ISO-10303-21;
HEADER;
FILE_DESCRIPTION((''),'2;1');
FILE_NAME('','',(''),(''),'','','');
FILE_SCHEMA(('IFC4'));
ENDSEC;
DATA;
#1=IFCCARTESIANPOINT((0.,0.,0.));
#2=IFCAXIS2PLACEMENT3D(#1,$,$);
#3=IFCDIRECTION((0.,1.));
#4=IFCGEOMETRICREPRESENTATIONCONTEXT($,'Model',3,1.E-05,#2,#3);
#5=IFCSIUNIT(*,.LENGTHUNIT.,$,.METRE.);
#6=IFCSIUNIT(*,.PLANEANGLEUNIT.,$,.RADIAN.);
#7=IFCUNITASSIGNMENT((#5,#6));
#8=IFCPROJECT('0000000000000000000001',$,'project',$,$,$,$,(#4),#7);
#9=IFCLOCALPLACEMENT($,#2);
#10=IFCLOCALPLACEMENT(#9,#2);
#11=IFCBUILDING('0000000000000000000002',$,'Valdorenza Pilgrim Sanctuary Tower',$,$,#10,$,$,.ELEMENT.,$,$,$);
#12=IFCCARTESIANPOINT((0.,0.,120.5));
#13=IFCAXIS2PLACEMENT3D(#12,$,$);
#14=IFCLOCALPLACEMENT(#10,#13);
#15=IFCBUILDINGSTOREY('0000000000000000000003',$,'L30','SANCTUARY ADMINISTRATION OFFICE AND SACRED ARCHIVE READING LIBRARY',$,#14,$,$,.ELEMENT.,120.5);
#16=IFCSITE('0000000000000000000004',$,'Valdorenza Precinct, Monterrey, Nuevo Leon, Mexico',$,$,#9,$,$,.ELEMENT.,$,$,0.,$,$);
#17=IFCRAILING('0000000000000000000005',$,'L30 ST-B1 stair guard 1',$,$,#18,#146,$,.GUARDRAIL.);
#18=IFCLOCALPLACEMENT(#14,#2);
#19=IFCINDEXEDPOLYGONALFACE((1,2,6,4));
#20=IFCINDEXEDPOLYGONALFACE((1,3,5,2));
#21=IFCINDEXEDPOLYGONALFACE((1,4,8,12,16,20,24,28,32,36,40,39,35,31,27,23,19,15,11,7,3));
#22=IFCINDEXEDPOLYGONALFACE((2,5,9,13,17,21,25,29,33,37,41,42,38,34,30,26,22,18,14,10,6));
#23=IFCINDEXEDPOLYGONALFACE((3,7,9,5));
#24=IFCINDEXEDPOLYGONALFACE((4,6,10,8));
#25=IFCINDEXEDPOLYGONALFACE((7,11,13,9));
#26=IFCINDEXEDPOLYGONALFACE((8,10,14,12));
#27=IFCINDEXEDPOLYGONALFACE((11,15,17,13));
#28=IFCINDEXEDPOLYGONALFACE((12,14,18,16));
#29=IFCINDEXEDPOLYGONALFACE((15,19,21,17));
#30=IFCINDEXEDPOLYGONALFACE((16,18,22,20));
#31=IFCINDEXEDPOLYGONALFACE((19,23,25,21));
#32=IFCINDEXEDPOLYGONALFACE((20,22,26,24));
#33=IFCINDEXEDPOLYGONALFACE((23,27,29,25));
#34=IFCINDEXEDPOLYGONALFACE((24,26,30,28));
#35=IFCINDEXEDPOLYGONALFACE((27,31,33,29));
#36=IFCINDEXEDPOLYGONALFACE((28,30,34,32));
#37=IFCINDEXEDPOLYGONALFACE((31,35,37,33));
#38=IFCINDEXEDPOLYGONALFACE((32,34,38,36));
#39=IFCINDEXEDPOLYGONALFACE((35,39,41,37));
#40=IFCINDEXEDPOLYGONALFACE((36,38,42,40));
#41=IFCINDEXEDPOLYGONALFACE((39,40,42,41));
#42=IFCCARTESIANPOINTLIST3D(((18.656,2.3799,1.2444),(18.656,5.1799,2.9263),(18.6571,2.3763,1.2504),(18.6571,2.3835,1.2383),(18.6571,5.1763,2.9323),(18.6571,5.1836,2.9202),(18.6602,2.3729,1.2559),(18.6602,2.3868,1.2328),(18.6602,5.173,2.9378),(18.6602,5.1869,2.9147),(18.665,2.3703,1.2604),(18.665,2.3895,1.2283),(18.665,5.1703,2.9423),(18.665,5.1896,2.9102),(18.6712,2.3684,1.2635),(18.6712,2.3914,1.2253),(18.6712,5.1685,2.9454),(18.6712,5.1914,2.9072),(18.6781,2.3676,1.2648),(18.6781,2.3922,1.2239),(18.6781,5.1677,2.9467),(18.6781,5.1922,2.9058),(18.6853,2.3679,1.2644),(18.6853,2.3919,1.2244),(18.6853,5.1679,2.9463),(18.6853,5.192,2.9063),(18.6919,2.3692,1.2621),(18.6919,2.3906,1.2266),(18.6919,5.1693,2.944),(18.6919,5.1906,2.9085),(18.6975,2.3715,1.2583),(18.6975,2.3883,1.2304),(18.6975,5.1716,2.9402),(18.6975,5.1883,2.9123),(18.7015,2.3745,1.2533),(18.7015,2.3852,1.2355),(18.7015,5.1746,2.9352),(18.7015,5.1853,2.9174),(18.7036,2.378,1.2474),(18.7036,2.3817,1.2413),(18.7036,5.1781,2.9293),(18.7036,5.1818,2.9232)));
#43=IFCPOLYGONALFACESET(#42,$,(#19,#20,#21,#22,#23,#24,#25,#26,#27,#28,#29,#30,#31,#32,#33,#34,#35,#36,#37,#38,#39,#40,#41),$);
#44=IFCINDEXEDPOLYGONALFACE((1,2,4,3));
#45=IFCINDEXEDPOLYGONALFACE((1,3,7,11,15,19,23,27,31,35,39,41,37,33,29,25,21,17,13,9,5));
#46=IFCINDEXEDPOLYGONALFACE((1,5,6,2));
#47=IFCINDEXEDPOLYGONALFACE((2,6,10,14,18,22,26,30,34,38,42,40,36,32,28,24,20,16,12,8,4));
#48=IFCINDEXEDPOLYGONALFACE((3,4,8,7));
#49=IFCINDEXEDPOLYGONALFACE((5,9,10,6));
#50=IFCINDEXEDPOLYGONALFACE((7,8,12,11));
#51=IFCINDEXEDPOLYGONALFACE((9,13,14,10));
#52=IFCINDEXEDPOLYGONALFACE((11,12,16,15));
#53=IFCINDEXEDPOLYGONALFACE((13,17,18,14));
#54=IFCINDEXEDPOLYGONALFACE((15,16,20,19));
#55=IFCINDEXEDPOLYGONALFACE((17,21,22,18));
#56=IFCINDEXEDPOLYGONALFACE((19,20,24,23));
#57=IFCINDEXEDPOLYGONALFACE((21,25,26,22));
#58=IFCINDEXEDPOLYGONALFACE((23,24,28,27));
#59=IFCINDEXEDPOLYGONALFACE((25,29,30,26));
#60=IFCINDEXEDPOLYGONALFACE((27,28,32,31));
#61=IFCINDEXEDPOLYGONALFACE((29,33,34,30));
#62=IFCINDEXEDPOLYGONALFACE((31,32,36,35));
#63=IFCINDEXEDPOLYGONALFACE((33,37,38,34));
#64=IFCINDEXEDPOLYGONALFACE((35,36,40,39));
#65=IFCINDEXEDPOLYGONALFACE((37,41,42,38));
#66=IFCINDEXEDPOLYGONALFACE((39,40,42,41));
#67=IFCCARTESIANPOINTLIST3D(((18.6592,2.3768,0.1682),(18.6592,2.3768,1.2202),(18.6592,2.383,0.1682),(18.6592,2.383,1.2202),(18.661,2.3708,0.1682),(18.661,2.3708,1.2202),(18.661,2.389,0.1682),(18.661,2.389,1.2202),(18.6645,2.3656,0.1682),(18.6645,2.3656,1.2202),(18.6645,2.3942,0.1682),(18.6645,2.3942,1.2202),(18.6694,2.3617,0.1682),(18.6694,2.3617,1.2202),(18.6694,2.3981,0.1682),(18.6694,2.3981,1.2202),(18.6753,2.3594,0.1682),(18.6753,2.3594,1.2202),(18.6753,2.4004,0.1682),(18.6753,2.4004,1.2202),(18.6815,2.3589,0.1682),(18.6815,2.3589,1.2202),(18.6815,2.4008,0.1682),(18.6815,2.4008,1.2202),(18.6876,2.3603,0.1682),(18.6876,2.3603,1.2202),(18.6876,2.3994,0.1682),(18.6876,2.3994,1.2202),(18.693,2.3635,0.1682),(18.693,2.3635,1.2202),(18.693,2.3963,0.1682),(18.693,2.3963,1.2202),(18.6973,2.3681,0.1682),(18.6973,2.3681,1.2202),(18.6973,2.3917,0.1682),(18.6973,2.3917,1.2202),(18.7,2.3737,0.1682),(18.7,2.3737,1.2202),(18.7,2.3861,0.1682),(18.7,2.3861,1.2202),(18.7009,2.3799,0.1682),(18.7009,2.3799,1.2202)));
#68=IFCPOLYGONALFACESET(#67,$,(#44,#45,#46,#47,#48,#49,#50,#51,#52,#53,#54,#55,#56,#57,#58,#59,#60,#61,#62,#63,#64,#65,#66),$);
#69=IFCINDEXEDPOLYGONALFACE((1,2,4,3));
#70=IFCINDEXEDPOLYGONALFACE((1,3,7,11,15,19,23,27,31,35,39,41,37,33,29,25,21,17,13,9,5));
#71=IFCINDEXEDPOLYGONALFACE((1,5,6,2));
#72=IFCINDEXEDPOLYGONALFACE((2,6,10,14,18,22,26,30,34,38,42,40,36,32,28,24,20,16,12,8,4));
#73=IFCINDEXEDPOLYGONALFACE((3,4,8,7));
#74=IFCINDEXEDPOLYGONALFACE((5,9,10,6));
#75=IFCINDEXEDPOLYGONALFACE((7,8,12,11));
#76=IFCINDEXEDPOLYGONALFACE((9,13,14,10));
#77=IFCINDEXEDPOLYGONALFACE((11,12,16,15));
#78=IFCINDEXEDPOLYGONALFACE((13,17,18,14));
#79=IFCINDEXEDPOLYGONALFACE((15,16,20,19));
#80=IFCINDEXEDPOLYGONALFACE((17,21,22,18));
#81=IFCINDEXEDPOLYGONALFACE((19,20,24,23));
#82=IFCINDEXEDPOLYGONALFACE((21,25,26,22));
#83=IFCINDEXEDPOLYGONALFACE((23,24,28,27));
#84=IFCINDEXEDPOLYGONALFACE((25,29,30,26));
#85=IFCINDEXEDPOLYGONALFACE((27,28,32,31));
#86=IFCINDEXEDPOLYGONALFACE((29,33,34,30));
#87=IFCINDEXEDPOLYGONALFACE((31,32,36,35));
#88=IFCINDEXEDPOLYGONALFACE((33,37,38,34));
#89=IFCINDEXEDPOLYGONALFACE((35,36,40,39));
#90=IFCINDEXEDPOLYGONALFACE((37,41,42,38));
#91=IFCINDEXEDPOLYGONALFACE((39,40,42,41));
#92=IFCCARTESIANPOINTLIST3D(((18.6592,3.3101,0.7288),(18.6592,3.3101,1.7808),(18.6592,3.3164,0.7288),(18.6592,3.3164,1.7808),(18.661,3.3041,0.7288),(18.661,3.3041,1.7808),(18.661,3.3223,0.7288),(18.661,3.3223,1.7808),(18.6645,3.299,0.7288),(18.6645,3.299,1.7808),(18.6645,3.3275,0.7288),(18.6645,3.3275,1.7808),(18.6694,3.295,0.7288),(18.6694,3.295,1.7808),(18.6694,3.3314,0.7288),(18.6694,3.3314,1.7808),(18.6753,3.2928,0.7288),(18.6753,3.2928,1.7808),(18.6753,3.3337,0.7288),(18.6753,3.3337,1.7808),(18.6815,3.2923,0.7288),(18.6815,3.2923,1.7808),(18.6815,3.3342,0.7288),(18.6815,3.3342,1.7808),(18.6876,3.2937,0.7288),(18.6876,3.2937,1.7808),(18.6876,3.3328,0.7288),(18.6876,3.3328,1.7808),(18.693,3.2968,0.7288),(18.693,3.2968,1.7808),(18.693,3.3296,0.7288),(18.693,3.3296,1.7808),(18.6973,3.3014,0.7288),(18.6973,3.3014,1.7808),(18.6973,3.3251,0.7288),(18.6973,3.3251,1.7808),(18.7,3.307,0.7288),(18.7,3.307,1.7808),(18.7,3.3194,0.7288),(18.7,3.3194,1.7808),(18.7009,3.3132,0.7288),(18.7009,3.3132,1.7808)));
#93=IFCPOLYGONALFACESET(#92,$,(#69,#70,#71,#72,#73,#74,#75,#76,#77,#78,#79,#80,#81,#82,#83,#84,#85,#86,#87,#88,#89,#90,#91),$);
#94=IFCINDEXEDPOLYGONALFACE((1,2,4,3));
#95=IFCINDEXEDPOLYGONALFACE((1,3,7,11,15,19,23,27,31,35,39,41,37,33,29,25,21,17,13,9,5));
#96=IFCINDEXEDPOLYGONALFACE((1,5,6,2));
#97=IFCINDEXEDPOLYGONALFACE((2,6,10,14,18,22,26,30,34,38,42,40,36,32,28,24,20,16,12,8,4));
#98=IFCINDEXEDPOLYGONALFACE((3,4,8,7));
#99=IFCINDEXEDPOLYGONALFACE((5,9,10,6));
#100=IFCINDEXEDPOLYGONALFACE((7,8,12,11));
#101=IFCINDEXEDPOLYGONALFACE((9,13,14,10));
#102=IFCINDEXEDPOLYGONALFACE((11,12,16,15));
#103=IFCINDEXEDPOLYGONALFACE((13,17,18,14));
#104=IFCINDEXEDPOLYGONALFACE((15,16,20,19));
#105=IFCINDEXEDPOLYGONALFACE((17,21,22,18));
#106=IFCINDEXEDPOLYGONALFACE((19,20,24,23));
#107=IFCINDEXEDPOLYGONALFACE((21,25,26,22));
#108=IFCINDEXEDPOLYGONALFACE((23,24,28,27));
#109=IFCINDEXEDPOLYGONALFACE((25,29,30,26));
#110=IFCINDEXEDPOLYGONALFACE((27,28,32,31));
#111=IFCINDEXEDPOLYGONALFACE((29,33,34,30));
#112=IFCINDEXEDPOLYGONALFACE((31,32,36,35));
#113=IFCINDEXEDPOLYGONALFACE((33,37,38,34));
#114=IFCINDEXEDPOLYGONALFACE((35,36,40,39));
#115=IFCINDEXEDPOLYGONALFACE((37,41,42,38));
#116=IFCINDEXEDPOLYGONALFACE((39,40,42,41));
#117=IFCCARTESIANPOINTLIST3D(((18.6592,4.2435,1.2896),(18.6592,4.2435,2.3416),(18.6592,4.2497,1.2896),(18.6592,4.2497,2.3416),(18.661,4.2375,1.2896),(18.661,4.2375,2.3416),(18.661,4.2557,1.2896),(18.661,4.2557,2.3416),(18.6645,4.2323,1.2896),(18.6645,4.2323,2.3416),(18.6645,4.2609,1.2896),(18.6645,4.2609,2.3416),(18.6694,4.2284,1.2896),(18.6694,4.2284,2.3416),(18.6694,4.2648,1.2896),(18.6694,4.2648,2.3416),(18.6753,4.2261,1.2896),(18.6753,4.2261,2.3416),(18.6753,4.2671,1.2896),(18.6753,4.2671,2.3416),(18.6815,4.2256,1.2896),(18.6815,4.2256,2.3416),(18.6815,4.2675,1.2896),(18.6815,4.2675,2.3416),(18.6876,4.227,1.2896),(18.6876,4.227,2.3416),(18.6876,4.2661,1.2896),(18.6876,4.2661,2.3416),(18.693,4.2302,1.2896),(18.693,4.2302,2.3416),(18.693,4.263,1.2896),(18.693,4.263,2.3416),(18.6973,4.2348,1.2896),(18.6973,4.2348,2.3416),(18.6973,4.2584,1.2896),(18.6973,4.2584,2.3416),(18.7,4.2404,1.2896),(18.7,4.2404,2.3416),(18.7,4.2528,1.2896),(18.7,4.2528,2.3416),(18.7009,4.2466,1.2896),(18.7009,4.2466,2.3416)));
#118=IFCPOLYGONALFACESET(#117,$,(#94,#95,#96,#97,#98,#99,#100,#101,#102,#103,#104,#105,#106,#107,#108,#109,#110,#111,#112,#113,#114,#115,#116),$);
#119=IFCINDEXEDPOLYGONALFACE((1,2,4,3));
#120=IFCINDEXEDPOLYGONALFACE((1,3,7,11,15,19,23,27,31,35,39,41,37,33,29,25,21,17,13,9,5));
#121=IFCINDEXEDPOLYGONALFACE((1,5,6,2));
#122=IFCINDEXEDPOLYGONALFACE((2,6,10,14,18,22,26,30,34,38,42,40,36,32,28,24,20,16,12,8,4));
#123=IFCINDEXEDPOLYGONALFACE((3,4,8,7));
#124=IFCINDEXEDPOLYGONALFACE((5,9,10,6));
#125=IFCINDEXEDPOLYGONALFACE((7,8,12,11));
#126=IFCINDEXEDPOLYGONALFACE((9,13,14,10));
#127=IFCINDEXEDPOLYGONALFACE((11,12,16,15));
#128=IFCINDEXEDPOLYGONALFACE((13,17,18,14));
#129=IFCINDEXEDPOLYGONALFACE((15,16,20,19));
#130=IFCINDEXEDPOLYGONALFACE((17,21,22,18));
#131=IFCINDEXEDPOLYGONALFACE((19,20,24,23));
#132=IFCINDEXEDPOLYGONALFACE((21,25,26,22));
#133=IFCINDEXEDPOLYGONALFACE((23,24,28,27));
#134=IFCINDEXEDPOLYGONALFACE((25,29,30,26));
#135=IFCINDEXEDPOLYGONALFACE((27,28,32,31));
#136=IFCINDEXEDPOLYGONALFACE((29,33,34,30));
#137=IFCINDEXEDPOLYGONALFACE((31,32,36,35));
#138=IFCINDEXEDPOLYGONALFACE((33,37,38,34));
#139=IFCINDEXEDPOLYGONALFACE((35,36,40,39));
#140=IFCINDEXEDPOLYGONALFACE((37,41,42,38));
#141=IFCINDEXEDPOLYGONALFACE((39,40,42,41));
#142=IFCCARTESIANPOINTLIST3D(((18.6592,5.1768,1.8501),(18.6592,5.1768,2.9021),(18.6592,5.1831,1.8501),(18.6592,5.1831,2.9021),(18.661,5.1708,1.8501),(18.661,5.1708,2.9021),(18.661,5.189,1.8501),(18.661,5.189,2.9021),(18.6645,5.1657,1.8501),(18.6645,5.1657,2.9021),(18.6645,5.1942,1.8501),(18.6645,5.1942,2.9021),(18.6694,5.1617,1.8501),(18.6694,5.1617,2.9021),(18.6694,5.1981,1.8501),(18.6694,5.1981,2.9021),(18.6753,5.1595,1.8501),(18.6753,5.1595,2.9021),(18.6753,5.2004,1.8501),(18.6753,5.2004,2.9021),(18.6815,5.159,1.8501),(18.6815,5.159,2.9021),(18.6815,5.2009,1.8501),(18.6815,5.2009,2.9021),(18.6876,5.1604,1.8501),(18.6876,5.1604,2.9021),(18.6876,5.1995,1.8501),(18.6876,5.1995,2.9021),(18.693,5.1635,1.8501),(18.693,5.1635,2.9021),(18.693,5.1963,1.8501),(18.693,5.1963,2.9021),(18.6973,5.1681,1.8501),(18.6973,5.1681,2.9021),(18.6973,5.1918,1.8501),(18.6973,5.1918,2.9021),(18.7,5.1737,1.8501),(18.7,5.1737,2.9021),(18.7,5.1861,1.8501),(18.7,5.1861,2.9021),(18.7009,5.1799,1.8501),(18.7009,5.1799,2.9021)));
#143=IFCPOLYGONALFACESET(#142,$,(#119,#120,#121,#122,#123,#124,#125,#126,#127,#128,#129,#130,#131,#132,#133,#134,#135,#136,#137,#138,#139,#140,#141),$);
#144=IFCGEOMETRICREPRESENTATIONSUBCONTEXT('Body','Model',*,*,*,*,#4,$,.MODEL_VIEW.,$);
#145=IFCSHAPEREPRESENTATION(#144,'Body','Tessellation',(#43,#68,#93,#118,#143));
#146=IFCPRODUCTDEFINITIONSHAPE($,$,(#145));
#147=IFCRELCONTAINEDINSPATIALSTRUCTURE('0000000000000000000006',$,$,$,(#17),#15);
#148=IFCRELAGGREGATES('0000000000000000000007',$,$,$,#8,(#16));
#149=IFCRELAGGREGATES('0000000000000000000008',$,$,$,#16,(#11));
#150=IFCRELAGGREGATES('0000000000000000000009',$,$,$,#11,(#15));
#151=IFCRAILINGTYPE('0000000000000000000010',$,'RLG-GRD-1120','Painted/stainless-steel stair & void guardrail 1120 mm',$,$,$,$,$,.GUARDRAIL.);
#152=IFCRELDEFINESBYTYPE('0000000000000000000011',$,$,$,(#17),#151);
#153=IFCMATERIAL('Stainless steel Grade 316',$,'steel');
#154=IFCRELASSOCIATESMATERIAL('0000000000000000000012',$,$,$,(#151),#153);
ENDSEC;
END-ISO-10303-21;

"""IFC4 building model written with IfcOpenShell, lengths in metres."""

from ifc_helpers import new_model, si_unit, direction, frame, origin, origin_2d, place, context, subcontext, project, spatial, circle, extrude, material, type_object, element, save


model = new_model("IFC4")

# Units and contexts
model_context = context("Model", 3, precision=1e-05, world=origin(), true_north=direction((0.0, 1.0)))
body_context = subcontext(model_context, "Body", "Model", "MODEL_VIEW")
ifc_project = project(units=[si_unit("LENGTHUNIT", "METRE"), si_unit("PLANEANGLEUNIT", "RADIAN")], contexts=[model_context])

# Site, building, storey
site_placement = place(None, origin())
site = spatial("IfcSite", under=ifc_project, at=site_placement, Name="Valdorenza Precinct, Monterrey, Nuevo Leon, Mexico", CompositionType="ELEMENT", RefElevation=0.0)
building_placement = place(site_placement, origin())
building = spatial("IfcBuilding", under=site, at=building_placement, Name="Valdorenza Pilgrim Sanctuary Tower", CompositionType="ELEMENT")
storey_placement = place(building_placement, frame((0.0, 0.0, 120.5)))
storey = spatial("IfcBuildingStorey", under=building, at=storey_placement, Name="L30", Description="SANCTUARY ADMINISTRATION OFFICE AND SACRED ARCHIVE READING LIBRARY", CompositionType="ELEMENT", Elevation=120.5)

# Railing
ifc_material_1 = material(Name="Stainless steel Grade 316", Category="steel")
railing_type_1 = type_object("IfcRailingType", Name="RLG-GRD-1120", Description="Painted/stainless-steel stair & void guardrail 1120 mm", PredefinedType="GUARDRAIL", material=ifc_material_1)
railing_1_placement = place(storey_placement, frame((18.6799, 2.3799, 0.1682)))
element("IfcRailing", 1, at=railing_1_placement, inside=storey, type_object=railing_type_1, Name="L30 ST-B1 stair guard 1", PredefinedType="GUARDRAIL", context=body_context, shape_type="SweptSolid", body=[
    extrude(circle(Radius=0.0239, at=origin_2d()), frame((0.0, 0.0, 1.0762), z_axis=(0.0, 0.857242, 0.514913), x_axis=(-1.0, 0.0, 0.0)), (0.0, 0.0, 1.0), 3.2664),
    extrude(circle(Radius=0.021, at=origin_2d()), origin(), (0.0, 0.0, 1.0), 1.052),
    extrude(circle(Radius=0.021, at=origin_2d()), frame((0.0, 0.9333, 0.5605)), (0.0, 0.0, 1.0), 1.052),
    extrude(circle(Radius=0.021, at=origin_2d()), frame((0.0, 1.8667, 1.1213)), (0.0, 0.0, 1.0), 1.052),
    extrude(circle(Radius=0.021, at=origin_2d()), frame((0.0, 2.8, 1.6819)), (0.0, 0.0, 1.0), 1.052),
])

save(model, "model.ifc")
